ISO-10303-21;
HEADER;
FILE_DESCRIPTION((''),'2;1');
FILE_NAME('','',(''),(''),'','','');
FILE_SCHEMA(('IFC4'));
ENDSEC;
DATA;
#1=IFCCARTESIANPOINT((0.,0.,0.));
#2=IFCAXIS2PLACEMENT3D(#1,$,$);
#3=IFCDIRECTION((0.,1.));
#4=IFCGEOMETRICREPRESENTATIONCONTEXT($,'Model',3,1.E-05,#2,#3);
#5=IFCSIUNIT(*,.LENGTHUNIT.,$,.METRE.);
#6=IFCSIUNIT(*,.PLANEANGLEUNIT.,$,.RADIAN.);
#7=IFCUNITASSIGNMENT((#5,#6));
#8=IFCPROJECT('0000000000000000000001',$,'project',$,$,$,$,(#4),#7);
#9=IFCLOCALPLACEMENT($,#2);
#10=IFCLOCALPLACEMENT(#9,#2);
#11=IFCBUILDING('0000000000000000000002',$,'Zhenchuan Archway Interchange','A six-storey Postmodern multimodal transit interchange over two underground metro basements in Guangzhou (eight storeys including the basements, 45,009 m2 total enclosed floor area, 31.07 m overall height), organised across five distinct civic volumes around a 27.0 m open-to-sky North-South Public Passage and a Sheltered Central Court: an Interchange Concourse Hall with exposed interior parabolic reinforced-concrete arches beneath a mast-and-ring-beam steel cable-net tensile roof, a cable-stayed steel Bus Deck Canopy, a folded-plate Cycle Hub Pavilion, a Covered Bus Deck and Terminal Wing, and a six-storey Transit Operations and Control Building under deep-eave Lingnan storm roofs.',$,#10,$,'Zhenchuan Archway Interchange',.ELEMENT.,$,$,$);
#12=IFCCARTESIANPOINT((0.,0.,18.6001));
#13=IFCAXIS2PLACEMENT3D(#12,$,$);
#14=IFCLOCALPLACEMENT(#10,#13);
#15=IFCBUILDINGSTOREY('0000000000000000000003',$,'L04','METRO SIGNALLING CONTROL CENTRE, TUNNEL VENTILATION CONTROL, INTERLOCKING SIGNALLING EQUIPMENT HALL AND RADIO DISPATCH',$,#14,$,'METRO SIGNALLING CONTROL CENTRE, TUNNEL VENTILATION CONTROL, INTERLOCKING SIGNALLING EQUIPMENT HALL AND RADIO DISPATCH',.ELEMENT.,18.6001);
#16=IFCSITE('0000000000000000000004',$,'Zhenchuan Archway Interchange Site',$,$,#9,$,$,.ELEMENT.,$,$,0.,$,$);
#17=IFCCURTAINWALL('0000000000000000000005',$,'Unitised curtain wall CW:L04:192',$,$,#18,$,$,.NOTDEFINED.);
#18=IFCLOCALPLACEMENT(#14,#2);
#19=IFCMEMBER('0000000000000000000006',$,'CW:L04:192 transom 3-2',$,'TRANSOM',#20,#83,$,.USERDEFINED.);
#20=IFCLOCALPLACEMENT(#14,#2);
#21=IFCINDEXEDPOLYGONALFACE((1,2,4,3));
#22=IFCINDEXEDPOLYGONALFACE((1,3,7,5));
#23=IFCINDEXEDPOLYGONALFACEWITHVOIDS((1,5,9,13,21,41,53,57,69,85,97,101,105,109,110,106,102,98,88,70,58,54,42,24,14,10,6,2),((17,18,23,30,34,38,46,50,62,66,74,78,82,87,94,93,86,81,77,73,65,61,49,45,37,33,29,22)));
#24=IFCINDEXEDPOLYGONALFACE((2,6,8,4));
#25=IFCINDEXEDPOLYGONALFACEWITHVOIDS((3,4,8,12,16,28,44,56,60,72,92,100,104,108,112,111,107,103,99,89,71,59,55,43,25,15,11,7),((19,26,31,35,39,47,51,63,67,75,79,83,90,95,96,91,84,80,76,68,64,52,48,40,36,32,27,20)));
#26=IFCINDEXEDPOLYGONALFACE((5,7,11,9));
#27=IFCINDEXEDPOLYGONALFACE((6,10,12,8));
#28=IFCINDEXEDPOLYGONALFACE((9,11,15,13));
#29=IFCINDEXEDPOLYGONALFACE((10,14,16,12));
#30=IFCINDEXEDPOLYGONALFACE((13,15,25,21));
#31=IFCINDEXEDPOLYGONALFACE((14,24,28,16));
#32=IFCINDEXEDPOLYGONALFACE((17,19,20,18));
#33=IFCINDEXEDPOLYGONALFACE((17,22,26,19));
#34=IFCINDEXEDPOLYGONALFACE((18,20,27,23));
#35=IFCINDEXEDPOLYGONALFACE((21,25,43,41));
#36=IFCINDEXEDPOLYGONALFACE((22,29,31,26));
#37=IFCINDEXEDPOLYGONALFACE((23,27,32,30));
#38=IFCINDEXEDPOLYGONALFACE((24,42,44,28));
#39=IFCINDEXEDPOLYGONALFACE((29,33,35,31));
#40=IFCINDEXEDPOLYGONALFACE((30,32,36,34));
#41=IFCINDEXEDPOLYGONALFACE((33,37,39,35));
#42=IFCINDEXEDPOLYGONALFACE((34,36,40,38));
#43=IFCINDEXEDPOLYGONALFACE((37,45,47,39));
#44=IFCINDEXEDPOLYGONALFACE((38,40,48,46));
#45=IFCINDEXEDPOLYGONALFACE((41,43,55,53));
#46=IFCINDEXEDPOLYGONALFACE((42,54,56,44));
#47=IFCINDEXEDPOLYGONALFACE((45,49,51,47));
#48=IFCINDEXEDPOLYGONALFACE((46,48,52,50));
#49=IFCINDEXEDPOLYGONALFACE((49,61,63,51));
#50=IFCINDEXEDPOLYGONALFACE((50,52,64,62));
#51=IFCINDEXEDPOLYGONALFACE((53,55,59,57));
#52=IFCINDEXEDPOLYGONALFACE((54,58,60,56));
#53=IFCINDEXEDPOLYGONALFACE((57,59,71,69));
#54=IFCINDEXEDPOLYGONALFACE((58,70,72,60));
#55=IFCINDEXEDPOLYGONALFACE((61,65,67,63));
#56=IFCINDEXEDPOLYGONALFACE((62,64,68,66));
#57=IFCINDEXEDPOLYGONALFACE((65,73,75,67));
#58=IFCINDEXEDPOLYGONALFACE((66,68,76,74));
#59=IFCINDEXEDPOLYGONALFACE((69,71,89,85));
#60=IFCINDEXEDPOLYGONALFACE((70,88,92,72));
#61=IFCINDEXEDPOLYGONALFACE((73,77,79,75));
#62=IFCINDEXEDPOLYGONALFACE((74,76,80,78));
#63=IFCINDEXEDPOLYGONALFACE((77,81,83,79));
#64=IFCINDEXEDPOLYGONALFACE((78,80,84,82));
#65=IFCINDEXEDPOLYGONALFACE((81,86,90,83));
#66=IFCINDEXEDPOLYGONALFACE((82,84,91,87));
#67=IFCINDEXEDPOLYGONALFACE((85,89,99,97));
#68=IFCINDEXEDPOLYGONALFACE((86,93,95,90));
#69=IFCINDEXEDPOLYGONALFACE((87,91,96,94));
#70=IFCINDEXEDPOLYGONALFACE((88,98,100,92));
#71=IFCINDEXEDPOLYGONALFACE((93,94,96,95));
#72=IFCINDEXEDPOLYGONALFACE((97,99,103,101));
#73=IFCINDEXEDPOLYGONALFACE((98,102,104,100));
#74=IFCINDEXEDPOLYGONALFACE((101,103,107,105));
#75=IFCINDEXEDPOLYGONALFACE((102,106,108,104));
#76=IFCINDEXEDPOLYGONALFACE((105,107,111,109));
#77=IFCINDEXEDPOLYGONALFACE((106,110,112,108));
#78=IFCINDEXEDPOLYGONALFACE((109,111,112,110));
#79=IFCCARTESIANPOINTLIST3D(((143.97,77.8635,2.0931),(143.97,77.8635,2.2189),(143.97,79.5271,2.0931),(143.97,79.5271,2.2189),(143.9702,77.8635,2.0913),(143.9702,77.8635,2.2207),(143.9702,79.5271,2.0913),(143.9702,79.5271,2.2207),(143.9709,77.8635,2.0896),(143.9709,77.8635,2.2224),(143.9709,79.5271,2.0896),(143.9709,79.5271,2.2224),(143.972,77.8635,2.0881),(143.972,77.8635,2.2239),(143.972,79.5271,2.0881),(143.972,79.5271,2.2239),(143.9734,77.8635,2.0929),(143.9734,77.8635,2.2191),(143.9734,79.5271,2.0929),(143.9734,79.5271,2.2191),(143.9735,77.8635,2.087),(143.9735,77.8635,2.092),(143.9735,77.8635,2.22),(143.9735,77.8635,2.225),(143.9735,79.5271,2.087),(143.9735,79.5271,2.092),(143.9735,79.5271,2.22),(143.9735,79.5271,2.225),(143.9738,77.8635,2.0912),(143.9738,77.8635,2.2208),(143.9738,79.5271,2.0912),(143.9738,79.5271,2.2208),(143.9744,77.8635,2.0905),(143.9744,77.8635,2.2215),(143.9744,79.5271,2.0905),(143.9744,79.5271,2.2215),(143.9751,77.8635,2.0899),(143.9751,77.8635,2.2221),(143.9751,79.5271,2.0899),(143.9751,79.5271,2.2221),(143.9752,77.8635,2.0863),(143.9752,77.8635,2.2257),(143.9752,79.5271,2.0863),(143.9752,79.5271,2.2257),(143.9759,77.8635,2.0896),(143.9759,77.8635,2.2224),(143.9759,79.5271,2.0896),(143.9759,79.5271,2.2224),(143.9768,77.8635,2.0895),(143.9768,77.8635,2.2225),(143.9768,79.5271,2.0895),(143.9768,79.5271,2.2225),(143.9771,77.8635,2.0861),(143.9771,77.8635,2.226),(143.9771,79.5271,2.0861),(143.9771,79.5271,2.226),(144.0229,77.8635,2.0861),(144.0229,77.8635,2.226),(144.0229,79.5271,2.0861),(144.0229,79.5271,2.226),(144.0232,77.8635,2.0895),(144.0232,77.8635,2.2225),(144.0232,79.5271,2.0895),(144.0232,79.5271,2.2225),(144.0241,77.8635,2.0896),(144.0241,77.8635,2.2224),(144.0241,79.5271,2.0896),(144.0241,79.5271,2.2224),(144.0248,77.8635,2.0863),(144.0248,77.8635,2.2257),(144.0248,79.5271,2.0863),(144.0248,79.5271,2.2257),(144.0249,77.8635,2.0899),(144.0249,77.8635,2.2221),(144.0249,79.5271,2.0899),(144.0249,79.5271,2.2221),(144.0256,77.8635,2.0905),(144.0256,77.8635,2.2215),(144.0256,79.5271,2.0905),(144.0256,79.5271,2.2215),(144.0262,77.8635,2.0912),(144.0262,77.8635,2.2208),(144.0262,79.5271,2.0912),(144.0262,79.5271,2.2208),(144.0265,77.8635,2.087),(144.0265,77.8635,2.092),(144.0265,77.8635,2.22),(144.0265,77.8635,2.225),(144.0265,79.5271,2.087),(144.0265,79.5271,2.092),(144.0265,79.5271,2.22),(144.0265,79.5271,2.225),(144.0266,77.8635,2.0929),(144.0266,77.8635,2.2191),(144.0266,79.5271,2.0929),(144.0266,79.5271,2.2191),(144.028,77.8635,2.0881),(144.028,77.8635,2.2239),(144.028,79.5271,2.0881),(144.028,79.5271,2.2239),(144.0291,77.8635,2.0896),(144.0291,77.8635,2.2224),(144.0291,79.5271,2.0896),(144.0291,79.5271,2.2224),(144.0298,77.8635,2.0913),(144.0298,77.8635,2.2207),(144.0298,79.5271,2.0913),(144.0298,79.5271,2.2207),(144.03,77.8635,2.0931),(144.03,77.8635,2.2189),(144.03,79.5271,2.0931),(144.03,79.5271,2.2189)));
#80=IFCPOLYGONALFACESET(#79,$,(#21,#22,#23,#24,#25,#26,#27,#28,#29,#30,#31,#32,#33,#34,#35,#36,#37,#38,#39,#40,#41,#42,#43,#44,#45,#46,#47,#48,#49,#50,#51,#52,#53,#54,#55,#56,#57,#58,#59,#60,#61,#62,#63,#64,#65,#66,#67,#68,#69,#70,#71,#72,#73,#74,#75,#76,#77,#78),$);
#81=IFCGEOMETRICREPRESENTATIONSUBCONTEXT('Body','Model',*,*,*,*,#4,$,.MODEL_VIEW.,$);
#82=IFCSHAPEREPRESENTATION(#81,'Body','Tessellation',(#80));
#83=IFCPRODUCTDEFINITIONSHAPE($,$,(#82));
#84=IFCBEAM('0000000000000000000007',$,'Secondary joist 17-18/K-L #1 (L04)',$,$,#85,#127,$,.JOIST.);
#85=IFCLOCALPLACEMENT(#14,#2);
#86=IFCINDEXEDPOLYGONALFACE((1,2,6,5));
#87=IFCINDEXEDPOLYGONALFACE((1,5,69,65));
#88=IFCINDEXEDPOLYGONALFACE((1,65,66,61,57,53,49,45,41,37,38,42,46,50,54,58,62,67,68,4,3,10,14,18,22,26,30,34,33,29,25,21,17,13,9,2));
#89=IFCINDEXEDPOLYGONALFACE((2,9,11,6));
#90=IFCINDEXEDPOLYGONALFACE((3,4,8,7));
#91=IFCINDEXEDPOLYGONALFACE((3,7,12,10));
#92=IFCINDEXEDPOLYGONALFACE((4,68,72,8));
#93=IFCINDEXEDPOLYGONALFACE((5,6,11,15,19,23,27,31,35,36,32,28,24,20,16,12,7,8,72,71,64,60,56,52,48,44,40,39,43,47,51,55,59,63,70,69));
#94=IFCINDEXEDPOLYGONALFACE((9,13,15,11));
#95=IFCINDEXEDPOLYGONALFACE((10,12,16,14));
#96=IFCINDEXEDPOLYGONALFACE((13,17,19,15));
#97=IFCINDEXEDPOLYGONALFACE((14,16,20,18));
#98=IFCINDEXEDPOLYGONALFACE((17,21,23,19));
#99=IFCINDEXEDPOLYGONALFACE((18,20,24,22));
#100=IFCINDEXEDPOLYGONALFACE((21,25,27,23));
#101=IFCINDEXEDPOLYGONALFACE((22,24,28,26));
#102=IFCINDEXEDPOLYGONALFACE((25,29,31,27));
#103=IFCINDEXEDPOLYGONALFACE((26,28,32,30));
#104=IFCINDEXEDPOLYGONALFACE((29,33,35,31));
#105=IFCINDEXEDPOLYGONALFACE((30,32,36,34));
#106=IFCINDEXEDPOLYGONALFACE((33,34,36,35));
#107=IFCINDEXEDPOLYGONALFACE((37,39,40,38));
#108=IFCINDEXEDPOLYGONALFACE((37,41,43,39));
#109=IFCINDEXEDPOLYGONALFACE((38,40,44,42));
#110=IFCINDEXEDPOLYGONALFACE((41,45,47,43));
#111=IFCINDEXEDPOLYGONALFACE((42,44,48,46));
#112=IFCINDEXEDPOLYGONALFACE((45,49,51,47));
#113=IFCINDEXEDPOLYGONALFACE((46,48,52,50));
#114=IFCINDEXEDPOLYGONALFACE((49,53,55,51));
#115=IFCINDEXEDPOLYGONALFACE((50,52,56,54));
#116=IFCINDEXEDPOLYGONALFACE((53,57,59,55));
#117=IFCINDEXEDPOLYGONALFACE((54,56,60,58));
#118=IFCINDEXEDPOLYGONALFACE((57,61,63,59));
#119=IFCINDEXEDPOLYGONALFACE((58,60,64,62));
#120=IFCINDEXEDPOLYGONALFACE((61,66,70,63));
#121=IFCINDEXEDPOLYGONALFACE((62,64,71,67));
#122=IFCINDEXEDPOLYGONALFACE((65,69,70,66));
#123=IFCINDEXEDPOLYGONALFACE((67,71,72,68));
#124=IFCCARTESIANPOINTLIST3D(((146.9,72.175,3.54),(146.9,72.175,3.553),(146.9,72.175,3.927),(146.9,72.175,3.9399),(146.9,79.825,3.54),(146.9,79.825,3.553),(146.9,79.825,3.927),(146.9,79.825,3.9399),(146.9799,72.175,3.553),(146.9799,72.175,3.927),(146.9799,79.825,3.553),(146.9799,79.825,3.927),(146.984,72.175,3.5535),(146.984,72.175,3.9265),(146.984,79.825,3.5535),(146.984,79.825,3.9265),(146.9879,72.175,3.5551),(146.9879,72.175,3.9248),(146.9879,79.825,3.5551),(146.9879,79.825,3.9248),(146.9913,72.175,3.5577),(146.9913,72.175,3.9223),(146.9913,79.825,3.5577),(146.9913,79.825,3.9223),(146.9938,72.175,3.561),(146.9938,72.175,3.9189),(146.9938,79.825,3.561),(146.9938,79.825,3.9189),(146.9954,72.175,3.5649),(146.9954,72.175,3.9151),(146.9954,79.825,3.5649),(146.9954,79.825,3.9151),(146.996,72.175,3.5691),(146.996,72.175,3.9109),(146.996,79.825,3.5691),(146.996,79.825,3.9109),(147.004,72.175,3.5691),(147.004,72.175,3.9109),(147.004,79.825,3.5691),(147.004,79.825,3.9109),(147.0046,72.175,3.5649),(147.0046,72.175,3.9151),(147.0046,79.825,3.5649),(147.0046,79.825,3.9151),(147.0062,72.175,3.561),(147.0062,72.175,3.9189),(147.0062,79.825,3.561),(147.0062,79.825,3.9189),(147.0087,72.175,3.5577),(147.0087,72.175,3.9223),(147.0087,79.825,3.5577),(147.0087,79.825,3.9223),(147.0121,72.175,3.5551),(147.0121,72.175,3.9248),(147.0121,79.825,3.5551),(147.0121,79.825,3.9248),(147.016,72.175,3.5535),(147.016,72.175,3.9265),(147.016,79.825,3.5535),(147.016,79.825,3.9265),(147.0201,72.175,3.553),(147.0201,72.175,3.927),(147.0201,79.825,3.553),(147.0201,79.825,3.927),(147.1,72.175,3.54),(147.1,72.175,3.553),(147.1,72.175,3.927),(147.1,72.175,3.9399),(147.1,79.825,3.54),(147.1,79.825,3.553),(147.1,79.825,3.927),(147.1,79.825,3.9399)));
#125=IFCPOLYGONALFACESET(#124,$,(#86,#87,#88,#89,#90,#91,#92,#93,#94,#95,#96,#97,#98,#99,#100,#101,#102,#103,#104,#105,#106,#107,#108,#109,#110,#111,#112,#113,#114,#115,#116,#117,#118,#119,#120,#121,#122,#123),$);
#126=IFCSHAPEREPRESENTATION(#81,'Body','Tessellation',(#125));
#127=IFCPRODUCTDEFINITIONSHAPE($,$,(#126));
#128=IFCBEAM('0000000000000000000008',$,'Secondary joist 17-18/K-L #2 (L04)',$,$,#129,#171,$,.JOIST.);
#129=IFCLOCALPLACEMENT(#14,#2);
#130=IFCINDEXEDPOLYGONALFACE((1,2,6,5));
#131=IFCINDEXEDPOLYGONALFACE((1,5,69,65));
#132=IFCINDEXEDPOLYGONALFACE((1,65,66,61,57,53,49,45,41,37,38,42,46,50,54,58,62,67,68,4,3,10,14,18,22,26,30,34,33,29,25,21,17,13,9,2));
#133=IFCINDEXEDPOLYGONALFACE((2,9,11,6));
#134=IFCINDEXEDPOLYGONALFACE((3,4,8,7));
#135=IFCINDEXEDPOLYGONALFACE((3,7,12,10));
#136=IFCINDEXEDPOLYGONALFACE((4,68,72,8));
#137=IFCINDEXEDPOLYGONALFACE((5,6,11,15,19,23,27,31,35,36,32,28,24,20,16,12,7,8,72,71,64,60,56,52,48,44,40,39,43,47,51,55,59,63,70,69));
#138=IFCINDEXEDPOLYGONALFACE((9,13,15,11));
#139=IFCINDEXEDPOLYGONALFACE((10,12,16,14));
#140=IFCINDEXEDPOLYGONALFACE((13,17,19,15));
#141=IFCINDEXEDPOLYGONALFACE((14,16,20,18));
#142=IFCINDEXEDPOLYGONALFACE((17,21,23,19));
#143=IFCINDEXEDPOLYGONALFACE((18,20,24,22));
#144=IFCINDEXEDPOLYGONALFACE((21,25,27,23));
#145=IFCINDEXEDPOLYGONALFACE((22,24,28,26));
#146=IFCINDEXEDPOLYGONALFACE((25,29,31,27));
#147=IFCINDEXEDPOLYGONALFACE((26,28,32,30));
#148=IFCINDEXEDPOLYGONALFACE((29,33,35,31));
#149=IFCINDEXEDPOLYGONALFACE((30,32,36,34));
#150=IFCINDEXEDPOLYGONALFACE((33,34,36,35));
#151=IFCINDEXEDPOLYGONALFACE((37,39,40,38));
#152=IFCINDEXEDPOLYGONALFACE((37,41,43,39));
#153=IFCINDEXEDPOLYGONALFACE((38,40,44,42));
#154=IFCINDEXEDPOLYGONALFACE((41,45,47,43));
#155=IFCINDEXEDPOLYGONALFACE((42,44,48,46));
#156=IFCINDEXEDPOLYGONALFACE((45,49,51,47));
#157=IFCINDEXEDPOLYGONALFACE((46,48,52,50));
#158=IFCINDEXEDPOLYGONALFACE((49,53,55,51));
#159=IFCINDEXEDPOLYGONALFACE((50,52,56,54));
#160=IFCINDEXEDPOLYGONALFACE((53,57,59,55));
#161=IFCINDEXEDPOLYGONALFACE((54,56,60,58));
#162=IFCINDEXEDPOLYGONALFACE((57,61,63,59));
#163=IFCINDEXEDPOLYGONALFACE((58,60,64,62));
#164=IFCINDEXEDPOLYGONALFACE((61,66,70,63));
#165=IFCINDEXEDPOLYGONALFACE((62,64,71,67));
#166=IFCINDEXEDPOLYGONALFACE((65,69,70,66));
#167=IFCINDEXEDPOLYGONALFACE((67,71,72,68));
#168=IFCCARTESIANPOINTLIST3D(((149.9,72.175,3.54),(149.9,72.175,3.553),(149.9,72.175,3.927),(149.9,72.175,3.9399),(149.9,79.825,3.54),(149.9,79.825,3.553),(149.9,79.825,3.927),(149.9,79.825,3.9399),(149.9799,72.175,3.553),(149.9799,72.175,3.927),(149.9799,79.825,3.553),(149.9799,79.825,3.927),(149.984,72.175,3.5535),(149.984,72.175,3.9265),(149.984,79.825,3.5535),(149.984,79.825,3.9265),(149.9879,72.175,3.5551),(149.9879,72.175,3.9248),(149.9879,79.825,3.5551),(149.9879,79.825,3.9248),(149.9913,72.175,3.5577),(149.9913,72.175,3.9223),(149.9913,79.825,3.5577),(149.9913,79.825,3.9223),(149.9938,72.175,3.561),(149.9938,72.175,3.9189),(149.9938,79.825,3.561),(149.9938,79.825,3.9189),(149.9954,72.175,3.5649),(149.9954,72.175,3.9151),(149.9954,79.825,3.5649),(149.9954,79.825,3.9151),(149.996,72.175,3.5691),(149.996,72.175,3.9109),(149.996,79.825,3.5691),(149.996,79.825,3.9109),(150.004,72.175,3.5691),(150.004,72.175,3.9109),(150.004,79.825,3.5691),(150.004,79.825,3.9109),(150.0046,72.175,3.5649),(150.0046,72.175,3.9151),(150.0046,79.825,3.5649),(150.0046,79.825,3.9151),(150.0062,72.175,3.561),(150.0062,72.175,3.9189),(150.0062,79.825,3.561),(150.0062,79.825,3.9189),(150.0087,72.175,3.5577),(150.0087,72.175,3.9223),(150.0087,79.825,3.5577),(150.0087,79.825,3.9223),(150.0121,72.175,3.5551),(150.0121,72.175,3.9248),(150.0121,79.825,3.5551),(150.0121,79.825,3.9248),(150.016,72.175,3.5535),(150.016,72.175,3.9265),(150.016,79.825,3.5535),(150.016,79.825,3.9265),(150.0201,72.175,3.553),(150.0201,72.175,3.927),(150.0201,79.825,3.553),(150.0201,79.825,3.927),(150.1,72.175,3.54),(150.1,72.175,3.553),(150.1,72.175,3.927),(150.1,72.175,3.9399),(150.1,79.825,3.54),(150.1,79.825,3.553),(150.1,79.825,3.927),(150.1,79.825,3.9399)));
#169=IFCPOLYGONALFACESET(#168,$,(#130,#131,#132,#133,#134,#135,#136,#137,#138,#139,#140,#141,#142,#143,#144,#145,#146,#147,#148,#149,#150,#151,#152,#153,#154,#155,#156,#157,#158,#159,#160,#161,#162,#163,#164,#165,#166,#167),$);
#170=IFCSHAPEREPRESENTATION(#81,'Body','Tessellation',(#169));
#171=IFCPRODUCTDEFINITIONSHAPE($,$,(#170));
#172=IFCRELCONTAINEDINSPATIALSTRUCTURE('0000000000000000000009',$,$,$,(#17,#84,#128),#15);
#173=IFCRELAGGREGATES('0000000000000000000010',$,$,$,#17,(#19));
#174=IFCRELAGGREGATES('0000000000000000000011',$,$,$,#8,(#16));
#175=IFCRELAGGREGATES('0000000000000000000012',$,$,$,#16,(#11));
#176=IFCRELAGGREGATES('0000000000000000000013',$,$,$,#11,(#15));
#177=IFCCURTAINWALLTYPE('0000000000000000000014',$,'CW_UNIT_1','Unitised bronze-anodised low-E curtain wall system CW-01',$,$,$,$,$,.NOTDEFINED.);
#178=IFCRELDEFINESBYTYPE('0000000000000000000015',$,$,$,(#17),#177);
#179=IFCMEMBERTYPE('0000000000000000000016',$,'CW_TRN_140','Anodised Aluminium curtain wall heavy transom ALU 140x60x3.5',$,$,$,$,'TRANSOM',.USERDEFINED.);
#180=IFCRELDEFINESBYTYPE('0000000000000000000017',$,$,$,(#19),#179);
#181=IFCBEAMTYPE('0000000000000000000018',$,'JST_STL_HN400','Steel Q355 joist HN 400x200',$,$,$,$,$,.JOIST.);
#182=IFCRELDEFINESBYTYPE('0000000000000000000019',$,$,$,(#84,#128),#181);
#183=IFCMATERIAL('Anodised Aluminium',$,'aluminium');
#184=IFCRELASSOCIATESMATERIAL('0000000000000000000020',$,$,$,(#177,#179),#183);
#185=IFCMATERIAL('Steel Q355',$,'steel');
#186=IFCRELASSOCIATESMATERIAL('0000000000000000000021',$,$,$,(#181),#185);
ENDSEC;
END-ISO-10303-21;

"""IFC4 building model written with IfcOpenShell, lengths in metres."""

from ifc_helpers import new_model, si_unit, direction, frame, origin, origin_2d, place, context, subcontext, project, spatial, hollow_rectangle, i_section, extrude, material, material_profile, profile_set, type_object, element, aggregate, save


model = new_model("IFC4")

# Units and contexts
model_context = context("Model", 3, precision=1e-05, world=origin(), true_north=direction((0.0, 1.0)))
body_context = subcontext(model_context, "Body", "Model", "MODEL_VIEW")
ifc_project = project(units=[si_unit("LENGTHUNIT", "METRE"), si_unit("PLANEANGLEUNIT", "RADIAN")], contexts=[model_context])

# Site, building, storey
site_placement = place(None, origin())
site = spatial("IfcSite", under=ifc_project, at=site_placement, Name="Zhenchuan Archway Interchange Site", CompositionType="ELEMENT", RefElevation=0.0)
building_placement = place(site_placement, origin())
building = spatial("IfcBuilding", under=site, at=building_placement, Name="Zhenchuan Archway Interchange", Description="A six-storey Postmodern multimodal transit interchange over two underground metro basements in Guangzhou (eight storeys including the basements, 45,009 m2 total enclosed floor area, 31.07 m overall height), organised across five distinct civic volumes around a 27.0 m open-to-sky North-South Public Passage and a Sheltered Central Court: an Interchange Concourse Hall with exposed interior parabolic reinforced-concrete arches beneath a mast-and-ring-beam steel cable-net tensile roof, a cable-stayed steel Bus Deck Canopy, a folded-plate Cycle Hub Pavilion, a Covered Bus Deck and Terminal Wing, and a six-storey Transit Operations and Control Building under deep-eave Lingnan storm roofs.", LongName="Zhenchuan Archway Interchange", CompositionType="ELEMENT")
storey_placement = place(building_placement, frame((0.0, 0.0, 18.6001)))
storey = spatial("IfcBuildingStorey", under=building, at=storey_placement, Name="L04", Description="METRO SIGNALLING CONTROL CENTRE, TUNNEL VENTILATION CONTROL, INTERLOCKING SIGNALLING EQUIPMENT HALL AND RADIO DISPATCH", LongName="METRO SIGNALLING CONTROL CENTRE, TUNNEL VENTILATION CONTROL, INTERLOCKING SIGNALLING EQUIPMENT HALL AND RADIO DISPATCH", CompositionType="ELEMENT", Elevation=18.6001)

# Curtain wall, member
ifc_material_1 = material(Name="Anodised Aluminium", Category="aluminium")
curtain_wall_type = type_object("IfcCurtainWallType", Name="CW_UNIT_1", Description="Unitised bronze-anodised low-E curtain wall system CW-01", PredefinedType="NOTDEFINED", material=ifc_material_1)
curtain_wall_placement = place(storey_placement, origin())
curtain_wall = element("IfcCurtainWall", 1, at=curtain_wall_placement, inside=storey, type_object=curtain_wall_type, Name="Unitised curtain wall CW:L04:192", PredefinedType="NOTDEFINED")
ifc_material_profile_1 = material_profile(ifc_material_1, hollow_rectangle(XDim=0.0601, YDim=0.1399, WallThickness=0.0034, InnerFilletRadius=0.0034, OuterFilletRadius=0.0071, at=origin_2d()), Name="ALU 140x60x3.5")
ifc_profile_set_1 = profile_set([ifc_material_profile_1], Name="Anodised Aluminium")
member_type_1 = type_object("IfcMemberType", Name="CW_TRN_140", Description="Anodised Aluminium curtain wall heavy transom ALU 140x60x3.5", ElementType="TRANSOM", PredefinedType="USERDEFINED", material=ifc_profile_set_1)
member_1_placement = place(storey_placement, frame((144.0, 77.8635, 2.156), z_axis=(0.0, 1.0, 0.0), x_axis=(-1.0, 0.0, 0.0)))
member_1 = element("IfcMember", 2, at=member_1_placement, type_object=member_type_1, Name="CW:L04:192 transom 3-2", ObjectType="TRANSOM", PredefinedType="USERDEFINED", context=body_context, shape_type="SweptSolid", body=[
    extrude(hollow_rectangle(XDim=0.0601, YDim=0.1399, WallThickness=0.0034, InnerFilletRadius=0.0034, OuterFilletRadius=0.0071, at=origin_2d()), origin(), (0.0, 0.0, 1.0), 1.6636),
])

# Beams
ifc_material_2 = material(Name="Steel Q355", Category="steel")
ifc_material_profile_2 = material_profile(ifc_material_2, i_section(OverallWidth=0.2, OverallDepth=0.3999, WebThickness=0.0081, FlangeThickness=0.0129, FilletRadius=0.0161, at=origin_2d()), Name="HN 400x200")
ifc_profile_set_2 = profile_set([ifc_material_profile_2], Name="Steel Q355")
beam_type_1 = type_object("IfcBeamType", Name="JST_STL_HN400", Description="Steel Q355 joist HN 400x200", PredefinedType="JOIST", material=ifc_profile_set_2)
for number, where, z_axis, x_axis, name in (
    (3, (147.0, 72.175, 3.74), (0.0, 1.0, 0.0), (-1.0, 0.0, 0.0), "Secondary joist 17-18/K-L #1 (L04)"),
    (4, (150.0, 72.175, 3.74), (0.0, 1.0, 0.0), (-1.0, 0.0, 0.0), "Secondary joist 17-18/K-L #2 (L04)"),
):
    element("IfcBeam", number, at=place(storey_placement, frame(where, z_axis=z_axis, x_axis=x_axis)), inside=storey, type_object=beam_type_1, Name=name, PredefinedType="JOIST", context=body_context, shape_type="SweptSolid", body=[
        extrude(i_section(OverallWidth=0.2, OverallDepth=0.3999, WebThickness=0.0081, FlangeThickness=0.0129, FilletRadius=0.0161, at=origin_2d()), origin(), (0.0, 0.0, 1.0), 7.6499),
    ])

aggregate(curtain_wall, [member_1])

save(model, "model.ifc")
